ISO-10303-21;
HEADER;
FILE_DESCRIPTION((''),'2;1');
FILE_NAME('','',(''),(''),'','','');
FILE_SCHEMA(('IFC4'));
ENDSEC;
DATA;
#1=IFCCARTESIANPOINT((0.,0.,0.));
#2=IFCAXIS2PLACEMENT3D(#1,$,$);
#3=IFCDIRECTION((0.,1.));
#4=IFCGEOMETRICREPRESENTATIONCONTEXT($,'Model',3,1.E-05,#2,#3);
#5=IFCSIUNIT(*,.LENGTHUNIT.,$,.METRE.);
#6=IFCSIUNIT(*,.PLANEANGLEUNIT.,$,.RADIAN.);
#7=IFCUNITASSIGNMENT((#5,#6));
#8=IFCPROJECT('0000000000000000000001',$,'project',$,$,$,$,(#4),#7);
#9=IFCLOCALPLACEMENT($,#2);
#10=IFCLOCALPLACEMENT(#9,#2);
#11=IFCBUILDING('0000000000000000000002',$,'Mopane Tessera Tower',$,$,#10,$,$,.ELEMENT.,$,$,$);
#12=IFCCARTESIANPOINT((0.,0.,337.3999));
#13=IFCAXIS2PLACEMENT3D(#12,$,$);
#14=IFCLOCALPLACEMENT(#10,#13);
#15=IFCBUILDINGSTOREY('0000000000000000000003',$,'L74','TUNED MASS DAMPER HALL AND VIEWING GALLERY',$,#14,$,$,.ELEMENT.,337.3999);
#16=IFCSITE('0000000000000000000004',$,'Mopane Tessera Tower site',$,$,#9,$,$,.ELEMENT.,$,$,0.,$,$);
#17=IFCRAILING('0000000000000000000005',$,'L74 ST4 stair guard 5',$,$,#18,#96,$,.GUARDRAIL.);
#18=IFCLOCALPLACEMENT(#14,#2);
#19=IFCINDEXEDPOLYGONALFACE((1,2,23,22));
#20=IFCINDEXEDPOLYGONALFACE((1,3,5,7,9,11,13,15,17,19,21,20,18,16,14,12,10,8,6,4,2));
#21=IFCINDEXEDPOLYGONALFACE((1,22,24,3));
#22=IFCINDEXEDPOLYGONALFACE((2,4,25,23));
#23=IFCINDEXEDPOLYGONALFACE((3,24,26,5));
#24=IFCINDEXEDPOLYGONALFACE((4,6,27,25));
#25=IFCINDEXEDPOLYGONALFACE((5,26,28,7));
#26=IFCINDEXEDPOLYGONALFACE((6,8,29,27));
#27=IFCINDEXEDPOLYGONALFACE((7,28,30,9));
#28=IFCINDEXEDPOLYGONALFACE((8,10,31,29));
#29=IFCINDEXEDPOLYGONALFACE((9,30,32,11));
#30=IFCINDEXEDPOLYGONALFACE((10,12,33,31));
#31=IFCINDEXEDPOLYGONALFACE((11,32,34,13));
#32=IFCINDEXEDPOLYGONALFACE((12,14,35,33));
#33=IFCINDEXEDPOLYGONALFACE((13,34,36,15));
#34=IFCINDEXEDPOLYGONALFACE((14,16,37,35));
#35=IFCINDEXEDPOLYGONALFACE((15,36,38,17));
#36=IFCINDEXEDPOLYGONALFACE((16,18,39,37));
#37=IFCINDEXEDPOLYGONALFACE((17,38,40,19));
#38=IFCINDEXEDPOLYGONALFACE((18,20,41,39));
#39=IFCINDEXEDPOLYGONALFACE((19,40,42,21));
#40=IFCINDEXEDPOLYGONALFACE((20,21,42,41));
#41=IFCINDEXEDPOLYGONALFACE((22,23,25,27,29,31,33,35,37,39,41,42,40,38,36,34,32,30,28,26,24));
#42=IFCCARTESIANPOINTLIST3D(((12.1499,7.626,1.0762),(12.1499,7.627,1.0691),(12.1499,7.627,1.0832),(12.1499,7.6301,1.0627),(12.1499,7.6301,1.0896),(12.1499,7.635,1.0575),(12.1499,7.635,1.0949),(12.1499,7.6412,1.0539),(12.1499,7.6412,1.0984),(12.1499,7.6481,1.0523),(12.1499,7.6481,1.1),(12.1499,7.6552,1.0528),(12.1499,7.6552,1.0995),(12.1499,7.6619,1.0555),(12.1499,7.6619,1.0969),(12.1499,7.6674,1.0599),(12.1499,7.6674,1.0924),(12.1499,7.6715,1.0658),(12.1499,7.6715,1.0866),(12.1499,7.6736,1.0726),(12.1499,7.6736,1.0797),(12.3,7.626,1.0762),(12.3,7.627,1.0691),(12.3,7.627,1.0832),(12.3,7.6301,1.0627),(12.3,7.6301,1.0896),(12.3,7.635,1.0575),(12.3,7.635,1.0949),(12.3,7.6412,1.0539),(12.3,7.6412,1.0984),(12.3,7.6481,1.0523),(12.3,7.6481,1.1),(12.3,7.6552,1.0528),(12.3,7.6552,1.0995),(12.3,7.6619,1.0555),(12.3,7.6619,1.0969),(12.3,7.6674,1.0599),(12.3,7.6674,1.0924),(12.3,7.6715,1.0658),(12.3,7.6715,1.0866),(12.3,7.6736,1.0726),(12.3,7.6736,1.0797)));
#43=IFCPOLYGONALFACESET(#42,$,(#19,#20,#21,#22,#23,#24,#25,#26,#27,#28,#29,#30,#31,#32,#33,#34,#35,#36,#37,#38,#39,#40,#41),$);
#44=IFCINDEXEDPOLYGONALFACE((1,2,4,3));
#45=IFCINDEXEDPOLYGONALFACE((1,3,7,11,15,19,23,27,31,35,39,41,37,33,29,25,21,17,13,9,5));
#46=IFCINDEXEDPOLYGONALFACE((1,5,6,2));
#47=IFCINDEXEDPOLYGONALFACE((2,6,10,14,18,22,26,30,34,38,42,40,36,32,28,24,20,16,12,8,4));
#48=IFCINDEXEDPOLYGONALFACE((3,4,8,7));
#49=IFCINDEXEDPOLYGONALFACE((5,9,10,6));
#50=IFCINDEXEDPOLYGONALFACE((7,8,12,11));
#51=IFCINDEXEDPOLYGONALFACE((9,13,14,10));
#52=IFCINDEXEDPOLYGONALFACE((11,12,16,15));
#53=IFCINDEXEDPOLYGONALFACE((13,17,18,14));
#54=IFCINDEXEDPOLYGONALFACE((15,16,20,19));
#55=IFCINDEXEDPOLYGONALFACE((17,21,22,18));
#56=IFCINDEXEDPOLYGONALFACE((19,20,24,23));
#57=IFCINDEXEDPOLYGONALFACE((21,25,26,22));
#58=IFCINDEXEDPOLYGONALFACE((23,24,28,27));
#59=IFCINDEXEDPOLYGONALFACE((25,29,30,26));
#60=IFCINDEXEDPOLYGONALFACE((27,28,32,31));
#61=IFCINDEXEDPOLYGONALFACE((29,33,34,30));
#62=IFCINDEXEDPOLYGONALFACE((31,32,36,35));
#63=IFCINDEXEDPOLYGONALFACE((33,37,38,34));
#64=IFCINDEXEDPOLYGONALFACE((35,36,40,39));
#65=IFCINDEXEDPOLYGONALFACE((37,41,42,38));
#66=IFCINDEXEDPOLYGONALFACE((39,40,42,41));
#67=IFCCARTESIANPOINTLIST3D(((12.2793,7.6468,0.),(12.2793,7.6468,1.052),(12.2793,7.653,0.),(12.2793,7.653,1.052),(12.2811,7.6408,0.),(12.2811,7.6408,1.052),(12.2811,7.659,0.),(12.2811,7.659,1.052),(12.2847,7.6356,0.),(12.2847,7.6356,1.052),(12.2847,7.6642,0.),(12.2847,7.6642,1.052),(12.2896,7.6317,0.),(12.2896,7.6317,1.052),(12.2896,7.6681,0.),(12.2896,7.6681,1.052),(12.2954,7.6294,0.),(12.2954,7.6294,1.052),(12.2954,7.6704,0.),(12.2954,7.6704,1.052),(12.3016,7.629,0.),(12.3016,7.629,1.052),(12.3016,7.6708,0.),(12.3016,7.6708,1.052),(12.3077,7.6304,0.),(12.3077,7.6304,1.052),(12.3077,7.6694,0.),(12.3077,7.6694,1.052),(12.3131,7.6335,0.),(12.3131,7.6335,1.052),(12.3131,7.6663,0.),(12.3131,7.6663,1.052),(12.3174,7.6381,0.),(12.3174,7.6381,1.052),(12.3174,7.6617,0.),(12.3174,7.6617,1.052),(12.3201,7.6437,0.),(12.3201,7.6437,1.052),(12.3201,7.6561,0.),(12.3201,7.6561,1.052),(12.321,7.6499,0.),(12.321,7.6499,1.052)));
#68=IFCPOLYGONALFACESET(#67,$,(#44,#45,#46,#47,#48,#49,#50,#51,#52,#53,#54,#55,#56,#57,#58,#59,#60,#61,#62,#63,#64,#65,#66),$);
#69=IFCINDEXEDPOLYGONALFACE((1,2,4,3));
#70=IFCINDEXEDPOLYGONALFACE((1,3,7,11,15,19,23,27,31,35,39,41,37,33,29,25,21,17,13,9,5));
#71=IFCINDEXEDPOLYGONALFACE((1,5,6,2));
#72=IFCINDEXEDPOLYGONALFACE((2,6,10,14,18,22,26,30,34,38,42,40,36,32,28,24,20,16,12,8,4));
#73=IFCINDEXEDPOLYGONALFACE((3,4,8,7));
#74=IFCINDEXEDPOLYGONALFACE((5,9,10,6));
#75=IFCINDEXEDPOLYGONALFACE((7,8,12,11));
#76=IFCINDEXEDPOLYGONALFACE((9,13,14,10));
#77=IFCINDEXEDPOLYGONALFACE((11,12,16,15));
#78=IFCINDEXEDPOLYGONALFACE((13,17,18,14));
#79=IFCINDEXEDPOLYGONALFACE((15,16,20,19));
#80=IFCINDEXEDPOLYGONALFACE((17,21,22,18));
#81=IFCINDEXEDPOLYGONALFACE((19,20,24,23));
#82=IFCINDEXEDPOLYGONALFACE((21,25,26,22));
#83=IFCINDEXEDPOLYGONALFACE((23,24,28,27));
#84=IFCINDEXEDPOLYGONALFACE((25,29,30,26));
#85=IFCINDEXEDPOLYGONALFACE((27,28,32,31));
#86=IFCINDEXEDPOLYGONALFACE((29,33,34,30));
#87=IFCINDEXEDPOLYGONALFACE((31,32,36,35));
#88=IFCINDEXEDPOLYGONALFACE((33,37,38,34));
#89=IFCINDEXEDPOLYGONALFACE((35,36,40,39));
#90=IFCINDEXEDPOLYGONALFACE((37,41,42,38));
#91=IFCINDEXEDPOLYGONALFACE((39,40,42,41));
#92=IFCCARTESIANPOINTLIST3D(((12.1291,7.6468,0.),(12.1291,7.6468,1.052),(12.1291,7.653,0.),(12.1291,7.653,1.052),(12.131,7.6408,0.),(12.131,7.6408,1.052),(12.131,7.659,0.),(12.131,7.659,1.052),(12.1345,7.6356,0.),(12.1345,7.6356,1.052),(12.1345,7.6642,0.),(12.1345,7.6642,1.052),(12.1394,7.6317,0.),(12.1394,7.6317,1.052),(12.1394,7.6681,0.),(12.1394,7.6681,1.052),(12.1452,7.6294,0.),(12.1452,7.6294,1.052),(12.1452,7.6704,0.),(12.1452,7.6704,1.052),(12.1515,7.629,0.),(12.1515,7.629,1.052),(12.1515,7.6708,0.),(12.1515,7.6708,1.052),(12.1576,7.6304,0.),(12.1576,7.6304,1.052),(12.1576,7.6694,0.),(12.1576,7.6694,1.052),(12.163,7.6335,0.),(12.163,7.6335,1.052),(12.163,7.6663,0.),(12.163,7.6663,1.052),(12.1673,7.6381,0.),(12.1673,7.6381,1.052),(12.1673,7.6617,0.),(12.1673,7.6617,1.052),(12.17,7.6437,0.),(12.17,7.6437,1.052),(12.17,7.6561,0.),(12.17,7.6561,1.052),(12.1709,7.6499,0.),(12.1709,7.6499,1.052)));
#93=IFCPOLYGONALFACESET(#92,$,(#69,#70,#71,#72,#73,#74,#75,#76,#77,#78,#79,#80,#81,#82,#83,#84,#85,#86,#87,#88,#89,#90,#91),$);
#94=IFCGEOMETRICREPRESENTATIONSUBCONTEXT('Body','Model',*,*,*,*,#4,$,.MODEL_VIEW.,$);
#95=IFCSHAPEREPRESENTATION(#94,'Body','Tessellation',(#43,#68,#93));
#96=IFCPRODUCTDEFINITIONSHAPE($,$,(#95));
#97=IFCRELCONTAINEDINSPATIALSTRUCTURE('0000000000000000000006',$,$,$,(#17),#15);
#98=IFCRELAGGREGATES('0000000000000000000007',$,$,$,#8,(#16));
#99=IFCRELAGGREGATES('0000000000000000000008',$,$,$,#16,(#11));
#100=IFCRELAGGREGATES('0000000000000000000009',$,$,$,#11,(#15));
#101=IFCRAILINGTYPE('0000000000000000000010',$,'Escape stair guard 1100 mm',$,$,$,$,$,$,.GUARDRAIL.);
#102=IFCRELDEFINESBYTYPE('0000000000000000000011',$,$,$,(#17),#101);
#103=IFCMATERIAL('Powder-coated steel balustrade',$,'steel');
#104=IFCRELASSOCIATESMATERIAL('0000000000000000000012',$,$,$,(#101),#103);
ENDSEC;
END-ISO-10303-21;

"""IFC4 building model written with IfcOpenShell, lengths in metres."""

from ifc_helpers import new_model, si_unit, direction, frame, origin, origin_2d, place, context, subcontext, project, spatial, circle, extrude, material, type_object, element, save


model = new_model("IFC4")

# Units and contexts
model_context = context("Model", 3, precision=1e-05, world=origin(), true_north=direction((0.0, 1.0)))
body_context = subcontext(model_context, "Body", "Model", "MODEL_VIEW")
ifc_project = project(units=[si_unit("LENGTHUNIT", "METRE"), si_unit("PLANEANGLEUNIT", "RADIAN")], contexts=[model_context])

# Site, building, storey
site_placement = place(None, origin())
site = spatial("IfcSite", under=ifc_project, at=site_placement, Name="Mopane Tessera Tower site", CompositionType="ELEMENT", RefElevation=0.0)
building_placement = place(site_placement, origin())
building = spatial("IfcBuilding", under=site, at=building_placement, Name="Mopane Tessera Tower", CompositionType="ELEMENT")
storey_placement = place(building_placement, frame((0.0, 0.0, 337.3999)))
storey = spatial("IfcBuildingStorey", under=building, at=storey_placement, Name="L74", Description="TUNED MASS DAMPER HALL AND VIEWING GALLERY", CompositionType="ELEMENT", Elevation=337.3999)

# Railing
ifc_material_1 = material(Name="Powder-coated steel balustrade", Category="steel")
railing_type_1 = type_object("IfcRailingType", Name="Escape stair guard 1100 mm", PredefinedType="GUARDRAIL", material=ifc_material_1)
railing_1_placement = place(storey_placement, frame((12.3, 7.6499, 0.0)))
element("IfcRailing", 1, at=railing_1_placement, inside=storey, type_object=railing_type_1, Name="L74 ST4 stair guard 5", PredefinedType="GUARDRAIL", context=body_context, shape_type="SweptSolid", body=[
    extrude(circle(Radius=0.0239, at=origin_2d()), frame((0.0, 0.0, 1.0762), z_axis=(-1.0, 0.0, 0.0), x_axis=(0.0, -1.0, 0.0)), (0.0, 0.0, 1.0), 0.1501),
    extrude(circle(Radius=0.021, at=origin_2d()), origin(), (0.0, 0.0, 1.0), 1.052),
    extrude(circle(Radius=0.021, at=origin_2d()), frame((-0.1501, 0.0, 0.0)), (0.0, 0.0, 1.0), 1.052),
])

save(model, "model.ifc")
